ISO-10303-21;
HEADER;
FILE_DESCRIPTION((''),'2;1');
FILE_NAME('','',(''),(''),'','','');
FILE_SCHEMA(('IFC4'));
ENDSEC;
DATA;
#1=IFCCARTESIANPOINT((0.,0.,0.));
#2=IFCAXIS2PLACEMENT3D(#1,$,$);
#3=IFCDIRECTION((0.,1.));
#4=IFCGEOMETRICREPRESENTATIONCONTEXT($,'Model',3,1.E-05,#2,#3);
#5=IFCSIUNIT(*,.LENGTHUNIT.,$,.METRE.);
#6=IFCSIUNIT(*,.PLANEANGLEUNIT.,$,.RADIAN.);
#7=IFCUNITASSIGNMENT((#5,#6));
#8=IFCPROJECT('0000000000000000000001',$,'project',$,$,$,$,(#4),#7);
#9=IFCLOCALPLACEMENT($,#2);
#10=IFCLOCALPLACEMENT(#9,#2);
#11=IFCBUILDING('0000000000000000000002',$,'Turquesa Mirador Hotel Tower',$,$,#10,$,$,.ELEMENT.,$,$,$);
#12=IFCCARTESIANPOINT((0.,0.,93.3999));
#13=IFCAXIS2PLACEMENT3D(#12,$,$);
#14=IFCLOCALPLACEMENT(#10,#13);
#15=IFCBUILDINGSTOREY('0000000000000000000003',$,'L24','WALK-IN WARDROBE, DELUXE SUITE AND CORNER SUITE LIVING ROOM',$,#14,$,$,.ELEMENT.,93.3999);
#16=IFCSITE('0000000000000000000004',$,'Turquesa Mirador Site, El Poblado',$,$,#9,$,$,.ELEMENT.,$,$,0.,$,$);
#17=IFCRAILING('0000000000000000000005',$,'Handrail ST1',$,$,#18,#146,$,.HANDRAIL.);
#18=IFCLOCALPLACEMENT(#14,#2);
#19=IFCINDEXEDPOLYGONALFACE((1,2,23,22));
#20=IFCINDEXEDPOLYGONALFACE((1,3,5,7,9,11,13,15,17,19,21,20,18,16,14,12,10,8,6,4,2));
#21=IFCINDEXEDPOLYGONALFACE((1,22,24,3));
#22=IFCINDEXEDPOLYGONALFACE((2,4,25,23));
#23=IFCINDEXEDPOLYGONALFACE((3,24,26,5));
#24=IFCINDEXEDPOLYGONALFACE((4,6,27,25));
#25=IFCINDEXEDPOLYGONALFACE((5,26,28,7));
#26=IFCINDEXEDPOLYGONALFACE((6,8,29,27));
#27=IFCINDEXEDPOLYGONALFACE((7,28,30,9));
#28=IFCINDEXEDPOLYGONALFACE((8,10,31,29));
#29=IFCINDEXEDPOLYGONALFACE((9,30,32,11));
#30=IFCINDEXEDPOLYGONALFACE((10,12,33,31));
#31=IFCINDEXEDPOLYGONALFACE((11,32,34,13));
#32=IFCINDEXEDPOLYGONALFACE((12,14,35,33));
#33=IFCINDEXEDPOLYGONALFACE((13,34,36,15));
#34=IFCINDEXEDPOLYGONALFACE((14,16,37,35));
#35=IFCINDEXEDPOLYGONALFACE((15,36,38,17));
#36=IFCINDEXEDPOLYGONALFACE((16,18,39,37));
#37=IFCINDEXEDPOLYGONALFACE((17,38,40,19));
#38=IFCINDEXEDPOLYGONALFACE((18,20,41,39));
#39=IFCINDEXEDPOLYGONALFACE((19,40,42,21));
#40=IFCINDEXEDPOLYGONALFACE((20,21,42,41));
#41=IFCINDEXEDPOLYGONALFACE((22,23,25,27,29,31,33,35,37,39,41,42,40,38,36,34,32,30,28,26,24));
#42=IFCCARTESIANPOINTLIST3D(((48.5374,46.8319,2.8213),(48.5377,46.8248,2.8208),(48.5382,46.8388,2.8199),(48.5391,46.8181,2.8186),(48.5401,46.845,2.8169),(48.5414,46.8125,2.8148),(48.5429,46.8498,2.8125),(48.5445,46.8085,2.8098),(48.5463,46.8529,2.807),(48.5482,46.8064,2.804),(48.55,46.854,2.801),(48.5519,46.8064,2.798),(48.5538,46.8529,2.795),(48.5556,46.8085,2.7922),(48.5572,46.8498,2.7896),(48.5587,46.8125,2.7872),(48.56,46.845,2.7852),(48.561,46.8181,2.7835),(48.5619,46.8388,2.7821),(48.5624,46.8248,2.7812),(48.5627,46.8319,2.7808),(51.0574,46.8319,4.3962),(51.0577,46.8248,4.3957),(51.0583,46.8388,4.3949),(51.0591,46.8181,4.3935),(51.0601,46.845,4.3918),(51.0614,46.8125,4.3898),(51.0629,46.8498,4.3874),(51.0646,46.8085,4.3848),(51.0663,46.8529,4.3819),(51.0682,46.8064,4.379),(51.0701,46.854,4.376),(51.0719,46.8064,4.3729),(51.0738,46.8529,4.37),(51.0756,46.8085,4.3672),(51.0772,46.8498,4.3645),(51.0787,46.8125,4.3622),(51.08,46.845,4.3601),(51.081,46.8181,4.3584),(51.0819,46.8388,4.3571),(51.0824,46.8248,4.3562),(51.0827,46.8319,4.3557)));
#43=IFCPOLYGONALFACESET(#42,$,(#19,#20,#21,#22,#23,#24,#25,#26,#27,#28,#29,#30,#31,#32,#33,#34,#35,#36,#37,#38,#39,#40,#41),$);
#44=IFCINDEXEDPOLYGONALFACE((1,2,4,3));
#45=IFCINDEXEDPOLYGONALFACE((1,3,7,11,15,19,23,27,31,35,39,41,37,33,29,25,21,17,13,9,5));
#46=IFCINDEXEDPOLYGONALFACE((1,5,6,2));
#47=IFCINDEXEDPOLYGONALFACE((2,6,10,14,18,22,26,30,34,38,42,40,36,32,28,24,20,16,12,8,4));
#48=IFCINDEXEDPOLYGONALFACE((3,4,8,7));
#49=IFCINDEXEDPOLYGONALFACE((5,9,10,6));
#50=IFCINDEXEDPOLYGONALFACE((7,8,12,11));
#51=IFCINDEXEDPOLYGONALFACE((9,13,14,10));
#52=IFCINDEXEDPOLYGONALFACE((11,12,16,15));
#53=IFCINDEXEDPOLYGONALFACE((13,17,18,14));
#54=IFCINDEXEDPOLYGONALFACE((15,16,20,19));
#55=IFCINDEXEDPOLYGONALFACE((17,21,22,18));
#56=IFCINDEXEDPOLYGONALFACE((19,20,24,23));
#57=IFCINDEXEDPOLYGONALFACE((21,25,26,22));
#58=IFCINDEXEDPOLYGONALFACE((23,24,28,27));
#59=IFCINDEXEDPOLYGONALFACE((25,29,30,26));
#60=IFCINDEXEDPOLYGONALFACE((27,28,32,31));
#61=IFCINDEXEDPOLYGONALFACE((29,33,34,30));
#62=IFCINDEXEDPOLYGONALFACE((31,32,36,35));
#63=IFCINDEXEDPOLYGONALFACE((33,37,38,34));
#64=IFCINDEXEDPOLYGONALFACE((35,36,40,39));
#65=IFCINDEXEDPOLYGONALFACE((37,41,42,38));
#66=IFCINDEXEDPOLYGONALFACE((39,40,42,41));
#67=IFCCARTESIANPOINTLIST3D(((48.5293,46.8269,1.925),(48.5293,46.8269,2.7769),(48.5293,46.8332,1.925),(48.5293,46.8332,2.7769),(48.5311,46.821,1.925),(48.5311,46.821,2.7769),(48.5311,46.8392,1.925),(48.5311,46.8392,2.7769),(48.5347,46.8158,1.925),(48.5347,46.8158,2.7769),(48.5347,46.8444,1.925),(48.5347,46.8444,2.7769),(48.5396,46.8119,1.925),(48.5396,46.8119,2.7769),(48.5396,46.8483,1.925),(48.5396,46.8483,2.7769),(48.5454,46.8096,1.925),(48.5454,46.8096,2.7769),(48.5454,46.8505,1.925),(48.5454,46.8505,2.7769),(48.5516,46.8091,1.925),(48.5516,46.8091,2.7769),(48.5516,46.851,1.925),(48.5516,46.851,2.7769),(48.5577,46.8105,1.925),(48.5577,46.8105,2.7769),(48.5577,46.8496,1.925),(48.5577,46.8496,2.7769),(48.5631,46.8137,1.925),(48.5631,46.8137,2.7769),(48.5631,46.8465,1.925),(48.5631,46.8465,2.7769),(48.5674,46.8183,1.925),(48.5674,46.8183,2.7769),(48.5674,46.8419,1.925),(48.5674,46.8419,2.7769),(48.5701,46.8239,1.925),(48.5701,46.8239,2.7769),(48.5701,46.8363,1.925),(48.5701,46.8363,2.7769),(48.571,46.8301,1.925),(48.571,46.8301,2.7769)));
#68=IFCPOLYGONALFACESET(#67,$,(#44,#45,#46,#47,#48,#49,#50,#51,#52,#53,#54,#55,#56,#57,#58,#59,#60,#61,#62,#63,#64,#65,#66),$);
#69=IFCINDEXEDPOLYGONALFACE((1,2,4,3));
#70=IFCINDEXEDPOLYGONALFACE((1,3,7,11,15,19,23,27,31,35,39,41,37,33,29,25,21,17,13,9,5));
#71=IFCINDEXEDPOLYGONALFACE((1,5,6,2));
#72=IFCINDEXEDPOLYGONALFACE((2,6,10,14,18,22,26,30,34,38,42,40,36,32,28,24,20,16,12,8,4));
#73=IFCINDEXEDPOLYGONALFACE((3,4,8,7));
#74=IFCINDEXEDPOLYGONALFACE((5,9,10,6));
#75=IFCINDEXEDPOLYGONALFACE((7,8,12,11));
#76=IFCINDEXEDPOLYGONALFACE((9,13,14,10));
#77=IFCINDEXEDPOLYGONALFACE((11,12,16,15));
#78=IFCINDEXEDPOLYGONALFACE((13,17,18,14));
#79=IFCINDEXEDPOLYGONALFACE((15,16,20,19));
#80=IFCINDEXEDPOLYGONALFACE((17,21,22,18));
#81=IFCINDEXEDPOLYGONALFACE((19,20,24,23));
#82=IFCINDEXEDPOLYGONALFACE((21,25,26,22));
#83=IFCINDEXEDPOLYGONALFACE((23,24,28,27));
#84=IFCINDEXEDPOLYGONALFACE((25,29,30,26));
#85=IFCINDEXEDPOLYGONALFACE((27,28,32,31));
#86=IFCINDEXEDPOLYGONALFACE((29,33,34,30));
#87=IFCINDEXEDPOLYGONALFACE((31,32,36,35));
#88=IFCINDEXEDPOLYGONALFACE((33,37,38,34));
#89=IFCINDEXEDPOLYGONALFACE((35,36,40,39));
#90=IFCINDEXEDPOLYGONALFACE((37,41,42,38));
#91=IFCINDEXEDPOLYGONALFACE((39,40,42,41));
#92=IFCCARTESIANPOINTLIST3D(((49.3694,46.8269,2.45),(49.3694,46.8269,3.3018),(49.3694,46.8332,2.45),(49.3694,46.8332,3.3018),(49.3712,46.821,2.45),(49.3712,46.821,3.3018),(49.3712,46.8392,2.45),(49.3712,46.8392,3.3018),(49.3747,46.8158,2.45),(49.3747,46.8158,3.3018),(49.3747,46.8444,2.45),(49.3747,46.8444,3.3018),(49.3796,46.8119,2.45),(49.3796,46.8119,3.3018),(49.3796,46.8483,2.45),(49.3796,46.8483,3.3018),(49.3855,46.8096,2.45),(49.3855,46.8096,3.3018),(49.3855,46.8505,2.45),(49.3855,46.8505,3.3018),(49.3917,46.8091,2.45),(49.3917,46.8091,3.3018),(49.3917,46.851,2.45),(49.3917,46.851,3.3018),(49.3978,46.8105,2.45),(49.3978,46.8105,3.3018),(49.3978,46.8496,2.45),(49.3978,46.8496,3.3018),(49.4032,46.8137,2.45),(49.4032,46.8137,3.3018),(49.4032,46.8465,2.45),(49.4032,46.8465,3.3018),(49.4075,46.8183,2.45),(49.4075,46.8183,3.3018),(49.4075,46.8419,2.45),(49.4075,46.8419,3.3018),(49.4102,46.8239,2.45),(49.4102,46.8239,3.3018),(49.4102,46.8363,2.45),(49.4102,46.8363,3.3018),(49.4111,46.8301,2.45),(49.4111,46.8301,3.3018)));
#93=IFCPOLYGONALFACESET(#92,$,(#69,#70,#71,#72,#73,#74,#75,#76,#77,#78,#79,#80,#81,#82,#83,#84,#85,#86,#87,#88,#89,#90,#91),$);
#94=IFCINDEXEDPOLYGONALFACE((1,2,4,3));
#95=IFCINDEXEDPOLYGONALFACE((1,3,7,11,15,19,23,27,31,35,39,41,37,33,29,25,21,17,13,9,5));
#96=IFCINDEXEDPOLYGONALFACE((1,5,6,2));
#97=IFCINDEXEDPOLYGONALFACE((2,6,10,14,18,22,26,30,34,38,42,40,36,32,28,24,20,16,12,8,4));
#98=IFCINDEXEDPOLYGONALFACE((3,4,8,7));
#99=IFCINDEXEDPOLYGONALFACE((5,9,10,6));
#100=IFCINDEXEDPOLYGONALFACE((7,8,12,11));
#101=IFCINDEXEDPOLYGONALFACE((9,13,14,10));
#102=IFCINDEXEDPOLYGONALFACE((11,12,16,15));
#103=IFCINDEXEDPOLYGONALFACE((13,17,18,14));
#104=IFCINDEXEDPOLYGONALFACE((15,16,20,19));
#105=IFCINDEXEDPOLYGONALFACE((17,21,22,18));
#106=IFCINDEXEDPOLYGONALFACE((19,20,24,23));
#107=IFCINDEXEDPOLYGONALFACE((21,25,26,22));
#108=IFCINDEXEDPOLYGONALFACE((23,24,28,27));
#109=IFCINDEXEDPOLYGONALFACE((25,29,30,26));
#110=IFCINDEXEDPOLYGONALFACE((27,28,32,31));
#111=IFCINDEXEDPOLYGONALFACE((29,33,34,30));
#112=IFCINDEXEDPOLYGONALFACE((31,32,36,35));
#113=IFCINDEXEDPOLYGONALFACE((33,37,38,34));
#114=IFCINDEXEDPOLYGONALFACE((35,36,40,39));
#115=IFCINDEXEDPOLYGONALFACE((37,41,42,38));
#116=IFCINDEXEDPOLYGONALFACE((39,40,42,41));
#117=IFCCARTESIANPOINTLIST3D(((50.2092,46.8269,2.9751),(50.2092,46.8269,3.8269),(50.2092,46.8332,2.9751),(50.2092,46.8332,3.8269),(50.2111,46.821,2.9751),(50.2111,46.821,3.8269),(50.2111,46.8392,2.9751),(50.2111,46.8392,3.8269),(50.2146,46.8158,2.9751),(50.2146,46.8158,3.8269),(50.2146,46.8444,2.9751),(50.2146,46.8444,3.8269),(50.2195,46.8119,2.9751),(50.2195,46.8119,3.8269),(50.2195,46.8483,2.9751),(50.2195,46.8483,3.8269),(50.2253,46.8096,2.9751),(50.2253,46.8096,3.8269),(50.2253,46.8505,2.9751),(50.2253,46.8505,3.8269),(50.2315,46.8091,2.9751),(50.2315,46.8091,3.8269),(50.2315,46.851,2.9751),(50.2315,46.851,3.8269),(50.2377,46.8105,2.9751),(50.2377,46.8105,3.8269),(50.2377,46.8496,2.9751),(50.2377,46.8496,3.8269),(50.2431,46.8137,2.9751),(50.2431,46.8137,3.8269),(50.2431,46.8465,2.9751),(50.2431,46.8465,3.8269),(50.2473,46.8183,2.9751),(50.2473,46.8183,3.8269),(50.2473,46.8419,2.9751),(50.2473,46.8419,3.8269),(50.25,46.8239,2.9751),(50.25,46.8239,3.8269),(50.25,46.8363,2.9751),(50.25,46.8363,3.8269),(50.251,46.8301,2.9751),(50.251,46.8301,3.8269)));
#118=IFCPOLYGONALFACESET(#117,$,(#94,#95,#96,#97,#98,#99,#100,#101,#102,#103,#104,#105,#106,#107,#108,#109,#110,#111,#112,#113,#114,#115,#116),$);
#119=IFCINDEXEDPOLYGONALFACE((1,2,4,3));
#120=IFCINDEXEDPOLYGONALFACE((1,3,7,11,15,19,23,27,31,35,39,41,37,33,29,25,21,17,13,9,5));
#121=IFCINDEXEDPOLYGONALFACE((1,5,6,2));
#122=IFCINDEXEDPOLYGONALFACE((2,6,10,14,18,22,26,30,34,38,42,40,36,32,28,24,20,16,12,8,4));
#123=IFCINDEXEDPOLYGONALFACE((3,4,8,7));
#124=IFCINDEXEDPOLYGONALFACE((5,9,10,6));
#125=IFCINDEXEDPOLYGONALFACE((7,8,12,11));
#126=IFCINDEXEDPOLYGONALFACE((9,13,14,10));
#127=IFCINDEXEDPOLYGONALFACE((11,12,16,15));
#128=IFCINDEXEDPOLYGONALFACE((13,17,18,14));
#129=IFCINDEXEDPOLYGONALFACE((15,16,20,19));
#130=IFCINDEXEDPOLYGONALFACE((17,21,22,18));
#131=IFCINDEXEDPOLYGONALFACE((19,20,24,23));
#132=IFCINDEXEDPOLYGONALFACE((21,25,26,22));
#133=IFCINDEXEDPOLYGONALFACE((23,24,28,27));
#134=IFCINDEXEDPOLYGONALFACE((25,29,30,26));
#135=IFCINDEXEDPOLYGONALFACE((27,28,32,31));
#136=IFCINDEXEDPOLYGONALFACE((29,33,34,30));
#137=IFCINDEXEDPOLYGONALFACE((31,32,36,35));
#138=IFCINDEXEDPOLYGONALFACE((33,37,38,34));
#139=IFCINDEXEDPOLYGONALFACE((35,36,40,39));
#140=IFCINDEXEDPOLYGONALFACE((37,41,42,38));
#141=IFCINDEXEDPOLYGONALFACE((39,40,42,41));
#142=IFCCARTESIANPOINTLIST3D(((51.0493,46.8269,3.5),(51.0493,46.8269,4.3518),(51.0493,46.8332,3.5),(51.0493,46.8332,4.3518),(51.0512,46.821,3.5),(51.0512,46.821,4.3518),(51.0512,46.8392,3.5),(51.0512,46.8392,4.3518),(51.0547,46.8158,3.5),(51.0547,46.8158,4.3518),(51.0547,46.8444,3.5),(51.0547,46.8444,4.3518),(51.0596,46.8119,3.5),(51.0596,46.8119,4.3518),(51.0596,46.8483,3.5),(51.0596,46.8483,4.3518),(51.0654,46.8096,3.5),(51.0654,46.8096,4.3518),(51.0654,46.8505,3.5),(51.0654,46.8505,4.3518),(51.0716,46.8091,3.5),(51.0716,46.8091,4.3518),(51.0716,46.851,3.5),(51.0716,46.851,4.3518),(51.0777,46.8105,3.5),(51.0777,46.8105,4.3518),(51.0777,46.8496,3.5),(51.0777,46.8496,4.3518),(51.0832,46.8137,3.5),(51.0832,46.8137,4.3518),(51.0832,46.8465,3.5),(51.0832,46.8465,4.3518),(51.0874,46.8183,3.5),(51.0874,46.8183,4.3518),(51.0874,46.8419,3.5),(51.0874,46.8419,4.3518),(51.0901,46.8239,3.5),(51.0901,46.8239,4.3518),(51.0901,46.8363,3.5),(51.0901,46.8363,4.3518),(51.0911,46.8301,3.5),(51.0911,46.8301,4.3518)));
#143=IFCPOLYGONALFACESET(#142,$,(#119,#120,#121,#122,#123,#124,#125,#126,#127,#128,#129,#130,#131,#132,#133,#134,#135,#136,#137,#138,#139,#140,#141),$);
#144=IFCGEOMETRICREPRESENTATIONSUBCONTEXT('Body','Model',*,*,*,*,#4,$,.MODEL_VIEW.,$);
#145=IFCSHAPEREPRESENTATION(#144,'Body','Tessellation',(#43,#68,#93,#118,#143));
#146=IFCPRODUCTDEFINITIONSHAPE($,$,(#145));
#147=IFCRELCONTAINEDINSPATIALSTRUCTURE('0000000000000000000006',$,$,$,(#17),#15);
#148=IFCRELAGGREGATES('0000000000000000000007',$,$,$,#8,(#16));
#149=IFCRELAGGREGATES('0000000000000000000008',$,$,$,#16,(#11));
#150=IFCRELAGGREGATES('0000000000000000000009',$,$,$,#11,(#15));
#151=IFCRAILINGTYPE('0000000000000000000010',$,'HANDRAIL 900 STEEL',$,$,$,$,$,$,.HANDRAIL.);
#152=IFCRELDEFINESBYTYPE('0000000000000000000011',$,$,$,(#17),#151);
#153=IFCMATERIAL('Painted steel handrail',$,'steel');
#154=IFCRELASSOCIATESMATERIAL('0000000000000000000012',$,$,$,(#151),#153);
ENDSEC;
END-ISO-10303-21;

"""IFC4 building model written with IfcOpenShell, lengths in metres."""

from ifc_helpers import new_model, si_unit, direction, frame, origin, origin_2d, place, context, subcontext, project, spatial, circle, extrude, material, type_object, element, save


model = new_model("IFC4")

# Units and contexts
model_context = context("Model", 3, precision=1e-05, world=origin(), true_north=direction((0.0, 1.0)))
body_context = subcontext(model_context, "Body", "Model", "MODEL_VIEW")
ifc_project = project(units=[si_unit("LENGTHUNIT", "METRE"), si_unit("PLANEANGLEUNIT", "RADIAN")], contexts=[model_context])

# Site, building, storey
site_placement = place(None, origin())
site = spatial("IfcSite", under=ifc_project, at=site_placement, Name="Turquesa Mirador Site, El Poblado", CompositionType="ELEMENT", RefElevation=0.0)
building_placement = place(site_placement, origin())
building = spatial("IfcBuilding", under=site, at=building_placement, Name="Turquesa Mirador Hotel Tower", CompositionType="ELEMENT")
storey_placement = place(building_placement, frame((0.0, 0.0, 93.3999)))
storey = spatial("IfcBuildingStorey", under=building, at=storey_placement, Name="L24", Description="WALK-IN WARDROBE, DELUXE SUITE AND CORNER SUITE LIVING ROOM", CompositionType="ELEMENT", Elevation=93.3999)

# Railing
ifc_material_1 = material(Name="Painted steel handrail", Category="steel")
railing_type = type_object("IfcRailingType", Name="HANDRAIL 900 STEEL", PredefinedType="HANDRAIL", material=ifc_material_1)
railing_1_placement = place(storey_placement, frame((48.55, 46.8301, 1.925)))
element("IfcRailing", 1, at=railing_1_placement, inside=storey, type_object=railing_type, Name="Handrail ST1", PredefinedType="HANDRAIL", context=body_context, shape_type="SweptSolid", body=[
    extrude(circle(Radius=0.0239, at=origin_2d()), frame((0.0, 0.0, 0.876), z_axis=(0.848008, 0.0, 0.529984), x_axis=(0.0, 1.0, 0.0)), (0.0, 0.0, 1.0), 2.9717),
    extrude(circle(Radius=0.021, at=origin_2d()), origin(), (0.0, 0.0, 1.0), 0.8518),
    extrude(circle(Radius=0.021, at=origin_2d()), frame((0.8401, 0.0, 0.5249)), (0.0, 0.0, 1.0), 0.8518),
    extrude(circle(Radius=0.021, at=origin_2d()), frame((1.6799, 0.0, 1.05)), (0.0, 0.0, 1.0), 0.8518),
    extrude(circle(Radius=0.021, at=origin_2d()), frame((2.52, 0.0, 1.575)), (0.0, 0.0, 1.0), 0.8518),
])

save(model, "model.ifc")
